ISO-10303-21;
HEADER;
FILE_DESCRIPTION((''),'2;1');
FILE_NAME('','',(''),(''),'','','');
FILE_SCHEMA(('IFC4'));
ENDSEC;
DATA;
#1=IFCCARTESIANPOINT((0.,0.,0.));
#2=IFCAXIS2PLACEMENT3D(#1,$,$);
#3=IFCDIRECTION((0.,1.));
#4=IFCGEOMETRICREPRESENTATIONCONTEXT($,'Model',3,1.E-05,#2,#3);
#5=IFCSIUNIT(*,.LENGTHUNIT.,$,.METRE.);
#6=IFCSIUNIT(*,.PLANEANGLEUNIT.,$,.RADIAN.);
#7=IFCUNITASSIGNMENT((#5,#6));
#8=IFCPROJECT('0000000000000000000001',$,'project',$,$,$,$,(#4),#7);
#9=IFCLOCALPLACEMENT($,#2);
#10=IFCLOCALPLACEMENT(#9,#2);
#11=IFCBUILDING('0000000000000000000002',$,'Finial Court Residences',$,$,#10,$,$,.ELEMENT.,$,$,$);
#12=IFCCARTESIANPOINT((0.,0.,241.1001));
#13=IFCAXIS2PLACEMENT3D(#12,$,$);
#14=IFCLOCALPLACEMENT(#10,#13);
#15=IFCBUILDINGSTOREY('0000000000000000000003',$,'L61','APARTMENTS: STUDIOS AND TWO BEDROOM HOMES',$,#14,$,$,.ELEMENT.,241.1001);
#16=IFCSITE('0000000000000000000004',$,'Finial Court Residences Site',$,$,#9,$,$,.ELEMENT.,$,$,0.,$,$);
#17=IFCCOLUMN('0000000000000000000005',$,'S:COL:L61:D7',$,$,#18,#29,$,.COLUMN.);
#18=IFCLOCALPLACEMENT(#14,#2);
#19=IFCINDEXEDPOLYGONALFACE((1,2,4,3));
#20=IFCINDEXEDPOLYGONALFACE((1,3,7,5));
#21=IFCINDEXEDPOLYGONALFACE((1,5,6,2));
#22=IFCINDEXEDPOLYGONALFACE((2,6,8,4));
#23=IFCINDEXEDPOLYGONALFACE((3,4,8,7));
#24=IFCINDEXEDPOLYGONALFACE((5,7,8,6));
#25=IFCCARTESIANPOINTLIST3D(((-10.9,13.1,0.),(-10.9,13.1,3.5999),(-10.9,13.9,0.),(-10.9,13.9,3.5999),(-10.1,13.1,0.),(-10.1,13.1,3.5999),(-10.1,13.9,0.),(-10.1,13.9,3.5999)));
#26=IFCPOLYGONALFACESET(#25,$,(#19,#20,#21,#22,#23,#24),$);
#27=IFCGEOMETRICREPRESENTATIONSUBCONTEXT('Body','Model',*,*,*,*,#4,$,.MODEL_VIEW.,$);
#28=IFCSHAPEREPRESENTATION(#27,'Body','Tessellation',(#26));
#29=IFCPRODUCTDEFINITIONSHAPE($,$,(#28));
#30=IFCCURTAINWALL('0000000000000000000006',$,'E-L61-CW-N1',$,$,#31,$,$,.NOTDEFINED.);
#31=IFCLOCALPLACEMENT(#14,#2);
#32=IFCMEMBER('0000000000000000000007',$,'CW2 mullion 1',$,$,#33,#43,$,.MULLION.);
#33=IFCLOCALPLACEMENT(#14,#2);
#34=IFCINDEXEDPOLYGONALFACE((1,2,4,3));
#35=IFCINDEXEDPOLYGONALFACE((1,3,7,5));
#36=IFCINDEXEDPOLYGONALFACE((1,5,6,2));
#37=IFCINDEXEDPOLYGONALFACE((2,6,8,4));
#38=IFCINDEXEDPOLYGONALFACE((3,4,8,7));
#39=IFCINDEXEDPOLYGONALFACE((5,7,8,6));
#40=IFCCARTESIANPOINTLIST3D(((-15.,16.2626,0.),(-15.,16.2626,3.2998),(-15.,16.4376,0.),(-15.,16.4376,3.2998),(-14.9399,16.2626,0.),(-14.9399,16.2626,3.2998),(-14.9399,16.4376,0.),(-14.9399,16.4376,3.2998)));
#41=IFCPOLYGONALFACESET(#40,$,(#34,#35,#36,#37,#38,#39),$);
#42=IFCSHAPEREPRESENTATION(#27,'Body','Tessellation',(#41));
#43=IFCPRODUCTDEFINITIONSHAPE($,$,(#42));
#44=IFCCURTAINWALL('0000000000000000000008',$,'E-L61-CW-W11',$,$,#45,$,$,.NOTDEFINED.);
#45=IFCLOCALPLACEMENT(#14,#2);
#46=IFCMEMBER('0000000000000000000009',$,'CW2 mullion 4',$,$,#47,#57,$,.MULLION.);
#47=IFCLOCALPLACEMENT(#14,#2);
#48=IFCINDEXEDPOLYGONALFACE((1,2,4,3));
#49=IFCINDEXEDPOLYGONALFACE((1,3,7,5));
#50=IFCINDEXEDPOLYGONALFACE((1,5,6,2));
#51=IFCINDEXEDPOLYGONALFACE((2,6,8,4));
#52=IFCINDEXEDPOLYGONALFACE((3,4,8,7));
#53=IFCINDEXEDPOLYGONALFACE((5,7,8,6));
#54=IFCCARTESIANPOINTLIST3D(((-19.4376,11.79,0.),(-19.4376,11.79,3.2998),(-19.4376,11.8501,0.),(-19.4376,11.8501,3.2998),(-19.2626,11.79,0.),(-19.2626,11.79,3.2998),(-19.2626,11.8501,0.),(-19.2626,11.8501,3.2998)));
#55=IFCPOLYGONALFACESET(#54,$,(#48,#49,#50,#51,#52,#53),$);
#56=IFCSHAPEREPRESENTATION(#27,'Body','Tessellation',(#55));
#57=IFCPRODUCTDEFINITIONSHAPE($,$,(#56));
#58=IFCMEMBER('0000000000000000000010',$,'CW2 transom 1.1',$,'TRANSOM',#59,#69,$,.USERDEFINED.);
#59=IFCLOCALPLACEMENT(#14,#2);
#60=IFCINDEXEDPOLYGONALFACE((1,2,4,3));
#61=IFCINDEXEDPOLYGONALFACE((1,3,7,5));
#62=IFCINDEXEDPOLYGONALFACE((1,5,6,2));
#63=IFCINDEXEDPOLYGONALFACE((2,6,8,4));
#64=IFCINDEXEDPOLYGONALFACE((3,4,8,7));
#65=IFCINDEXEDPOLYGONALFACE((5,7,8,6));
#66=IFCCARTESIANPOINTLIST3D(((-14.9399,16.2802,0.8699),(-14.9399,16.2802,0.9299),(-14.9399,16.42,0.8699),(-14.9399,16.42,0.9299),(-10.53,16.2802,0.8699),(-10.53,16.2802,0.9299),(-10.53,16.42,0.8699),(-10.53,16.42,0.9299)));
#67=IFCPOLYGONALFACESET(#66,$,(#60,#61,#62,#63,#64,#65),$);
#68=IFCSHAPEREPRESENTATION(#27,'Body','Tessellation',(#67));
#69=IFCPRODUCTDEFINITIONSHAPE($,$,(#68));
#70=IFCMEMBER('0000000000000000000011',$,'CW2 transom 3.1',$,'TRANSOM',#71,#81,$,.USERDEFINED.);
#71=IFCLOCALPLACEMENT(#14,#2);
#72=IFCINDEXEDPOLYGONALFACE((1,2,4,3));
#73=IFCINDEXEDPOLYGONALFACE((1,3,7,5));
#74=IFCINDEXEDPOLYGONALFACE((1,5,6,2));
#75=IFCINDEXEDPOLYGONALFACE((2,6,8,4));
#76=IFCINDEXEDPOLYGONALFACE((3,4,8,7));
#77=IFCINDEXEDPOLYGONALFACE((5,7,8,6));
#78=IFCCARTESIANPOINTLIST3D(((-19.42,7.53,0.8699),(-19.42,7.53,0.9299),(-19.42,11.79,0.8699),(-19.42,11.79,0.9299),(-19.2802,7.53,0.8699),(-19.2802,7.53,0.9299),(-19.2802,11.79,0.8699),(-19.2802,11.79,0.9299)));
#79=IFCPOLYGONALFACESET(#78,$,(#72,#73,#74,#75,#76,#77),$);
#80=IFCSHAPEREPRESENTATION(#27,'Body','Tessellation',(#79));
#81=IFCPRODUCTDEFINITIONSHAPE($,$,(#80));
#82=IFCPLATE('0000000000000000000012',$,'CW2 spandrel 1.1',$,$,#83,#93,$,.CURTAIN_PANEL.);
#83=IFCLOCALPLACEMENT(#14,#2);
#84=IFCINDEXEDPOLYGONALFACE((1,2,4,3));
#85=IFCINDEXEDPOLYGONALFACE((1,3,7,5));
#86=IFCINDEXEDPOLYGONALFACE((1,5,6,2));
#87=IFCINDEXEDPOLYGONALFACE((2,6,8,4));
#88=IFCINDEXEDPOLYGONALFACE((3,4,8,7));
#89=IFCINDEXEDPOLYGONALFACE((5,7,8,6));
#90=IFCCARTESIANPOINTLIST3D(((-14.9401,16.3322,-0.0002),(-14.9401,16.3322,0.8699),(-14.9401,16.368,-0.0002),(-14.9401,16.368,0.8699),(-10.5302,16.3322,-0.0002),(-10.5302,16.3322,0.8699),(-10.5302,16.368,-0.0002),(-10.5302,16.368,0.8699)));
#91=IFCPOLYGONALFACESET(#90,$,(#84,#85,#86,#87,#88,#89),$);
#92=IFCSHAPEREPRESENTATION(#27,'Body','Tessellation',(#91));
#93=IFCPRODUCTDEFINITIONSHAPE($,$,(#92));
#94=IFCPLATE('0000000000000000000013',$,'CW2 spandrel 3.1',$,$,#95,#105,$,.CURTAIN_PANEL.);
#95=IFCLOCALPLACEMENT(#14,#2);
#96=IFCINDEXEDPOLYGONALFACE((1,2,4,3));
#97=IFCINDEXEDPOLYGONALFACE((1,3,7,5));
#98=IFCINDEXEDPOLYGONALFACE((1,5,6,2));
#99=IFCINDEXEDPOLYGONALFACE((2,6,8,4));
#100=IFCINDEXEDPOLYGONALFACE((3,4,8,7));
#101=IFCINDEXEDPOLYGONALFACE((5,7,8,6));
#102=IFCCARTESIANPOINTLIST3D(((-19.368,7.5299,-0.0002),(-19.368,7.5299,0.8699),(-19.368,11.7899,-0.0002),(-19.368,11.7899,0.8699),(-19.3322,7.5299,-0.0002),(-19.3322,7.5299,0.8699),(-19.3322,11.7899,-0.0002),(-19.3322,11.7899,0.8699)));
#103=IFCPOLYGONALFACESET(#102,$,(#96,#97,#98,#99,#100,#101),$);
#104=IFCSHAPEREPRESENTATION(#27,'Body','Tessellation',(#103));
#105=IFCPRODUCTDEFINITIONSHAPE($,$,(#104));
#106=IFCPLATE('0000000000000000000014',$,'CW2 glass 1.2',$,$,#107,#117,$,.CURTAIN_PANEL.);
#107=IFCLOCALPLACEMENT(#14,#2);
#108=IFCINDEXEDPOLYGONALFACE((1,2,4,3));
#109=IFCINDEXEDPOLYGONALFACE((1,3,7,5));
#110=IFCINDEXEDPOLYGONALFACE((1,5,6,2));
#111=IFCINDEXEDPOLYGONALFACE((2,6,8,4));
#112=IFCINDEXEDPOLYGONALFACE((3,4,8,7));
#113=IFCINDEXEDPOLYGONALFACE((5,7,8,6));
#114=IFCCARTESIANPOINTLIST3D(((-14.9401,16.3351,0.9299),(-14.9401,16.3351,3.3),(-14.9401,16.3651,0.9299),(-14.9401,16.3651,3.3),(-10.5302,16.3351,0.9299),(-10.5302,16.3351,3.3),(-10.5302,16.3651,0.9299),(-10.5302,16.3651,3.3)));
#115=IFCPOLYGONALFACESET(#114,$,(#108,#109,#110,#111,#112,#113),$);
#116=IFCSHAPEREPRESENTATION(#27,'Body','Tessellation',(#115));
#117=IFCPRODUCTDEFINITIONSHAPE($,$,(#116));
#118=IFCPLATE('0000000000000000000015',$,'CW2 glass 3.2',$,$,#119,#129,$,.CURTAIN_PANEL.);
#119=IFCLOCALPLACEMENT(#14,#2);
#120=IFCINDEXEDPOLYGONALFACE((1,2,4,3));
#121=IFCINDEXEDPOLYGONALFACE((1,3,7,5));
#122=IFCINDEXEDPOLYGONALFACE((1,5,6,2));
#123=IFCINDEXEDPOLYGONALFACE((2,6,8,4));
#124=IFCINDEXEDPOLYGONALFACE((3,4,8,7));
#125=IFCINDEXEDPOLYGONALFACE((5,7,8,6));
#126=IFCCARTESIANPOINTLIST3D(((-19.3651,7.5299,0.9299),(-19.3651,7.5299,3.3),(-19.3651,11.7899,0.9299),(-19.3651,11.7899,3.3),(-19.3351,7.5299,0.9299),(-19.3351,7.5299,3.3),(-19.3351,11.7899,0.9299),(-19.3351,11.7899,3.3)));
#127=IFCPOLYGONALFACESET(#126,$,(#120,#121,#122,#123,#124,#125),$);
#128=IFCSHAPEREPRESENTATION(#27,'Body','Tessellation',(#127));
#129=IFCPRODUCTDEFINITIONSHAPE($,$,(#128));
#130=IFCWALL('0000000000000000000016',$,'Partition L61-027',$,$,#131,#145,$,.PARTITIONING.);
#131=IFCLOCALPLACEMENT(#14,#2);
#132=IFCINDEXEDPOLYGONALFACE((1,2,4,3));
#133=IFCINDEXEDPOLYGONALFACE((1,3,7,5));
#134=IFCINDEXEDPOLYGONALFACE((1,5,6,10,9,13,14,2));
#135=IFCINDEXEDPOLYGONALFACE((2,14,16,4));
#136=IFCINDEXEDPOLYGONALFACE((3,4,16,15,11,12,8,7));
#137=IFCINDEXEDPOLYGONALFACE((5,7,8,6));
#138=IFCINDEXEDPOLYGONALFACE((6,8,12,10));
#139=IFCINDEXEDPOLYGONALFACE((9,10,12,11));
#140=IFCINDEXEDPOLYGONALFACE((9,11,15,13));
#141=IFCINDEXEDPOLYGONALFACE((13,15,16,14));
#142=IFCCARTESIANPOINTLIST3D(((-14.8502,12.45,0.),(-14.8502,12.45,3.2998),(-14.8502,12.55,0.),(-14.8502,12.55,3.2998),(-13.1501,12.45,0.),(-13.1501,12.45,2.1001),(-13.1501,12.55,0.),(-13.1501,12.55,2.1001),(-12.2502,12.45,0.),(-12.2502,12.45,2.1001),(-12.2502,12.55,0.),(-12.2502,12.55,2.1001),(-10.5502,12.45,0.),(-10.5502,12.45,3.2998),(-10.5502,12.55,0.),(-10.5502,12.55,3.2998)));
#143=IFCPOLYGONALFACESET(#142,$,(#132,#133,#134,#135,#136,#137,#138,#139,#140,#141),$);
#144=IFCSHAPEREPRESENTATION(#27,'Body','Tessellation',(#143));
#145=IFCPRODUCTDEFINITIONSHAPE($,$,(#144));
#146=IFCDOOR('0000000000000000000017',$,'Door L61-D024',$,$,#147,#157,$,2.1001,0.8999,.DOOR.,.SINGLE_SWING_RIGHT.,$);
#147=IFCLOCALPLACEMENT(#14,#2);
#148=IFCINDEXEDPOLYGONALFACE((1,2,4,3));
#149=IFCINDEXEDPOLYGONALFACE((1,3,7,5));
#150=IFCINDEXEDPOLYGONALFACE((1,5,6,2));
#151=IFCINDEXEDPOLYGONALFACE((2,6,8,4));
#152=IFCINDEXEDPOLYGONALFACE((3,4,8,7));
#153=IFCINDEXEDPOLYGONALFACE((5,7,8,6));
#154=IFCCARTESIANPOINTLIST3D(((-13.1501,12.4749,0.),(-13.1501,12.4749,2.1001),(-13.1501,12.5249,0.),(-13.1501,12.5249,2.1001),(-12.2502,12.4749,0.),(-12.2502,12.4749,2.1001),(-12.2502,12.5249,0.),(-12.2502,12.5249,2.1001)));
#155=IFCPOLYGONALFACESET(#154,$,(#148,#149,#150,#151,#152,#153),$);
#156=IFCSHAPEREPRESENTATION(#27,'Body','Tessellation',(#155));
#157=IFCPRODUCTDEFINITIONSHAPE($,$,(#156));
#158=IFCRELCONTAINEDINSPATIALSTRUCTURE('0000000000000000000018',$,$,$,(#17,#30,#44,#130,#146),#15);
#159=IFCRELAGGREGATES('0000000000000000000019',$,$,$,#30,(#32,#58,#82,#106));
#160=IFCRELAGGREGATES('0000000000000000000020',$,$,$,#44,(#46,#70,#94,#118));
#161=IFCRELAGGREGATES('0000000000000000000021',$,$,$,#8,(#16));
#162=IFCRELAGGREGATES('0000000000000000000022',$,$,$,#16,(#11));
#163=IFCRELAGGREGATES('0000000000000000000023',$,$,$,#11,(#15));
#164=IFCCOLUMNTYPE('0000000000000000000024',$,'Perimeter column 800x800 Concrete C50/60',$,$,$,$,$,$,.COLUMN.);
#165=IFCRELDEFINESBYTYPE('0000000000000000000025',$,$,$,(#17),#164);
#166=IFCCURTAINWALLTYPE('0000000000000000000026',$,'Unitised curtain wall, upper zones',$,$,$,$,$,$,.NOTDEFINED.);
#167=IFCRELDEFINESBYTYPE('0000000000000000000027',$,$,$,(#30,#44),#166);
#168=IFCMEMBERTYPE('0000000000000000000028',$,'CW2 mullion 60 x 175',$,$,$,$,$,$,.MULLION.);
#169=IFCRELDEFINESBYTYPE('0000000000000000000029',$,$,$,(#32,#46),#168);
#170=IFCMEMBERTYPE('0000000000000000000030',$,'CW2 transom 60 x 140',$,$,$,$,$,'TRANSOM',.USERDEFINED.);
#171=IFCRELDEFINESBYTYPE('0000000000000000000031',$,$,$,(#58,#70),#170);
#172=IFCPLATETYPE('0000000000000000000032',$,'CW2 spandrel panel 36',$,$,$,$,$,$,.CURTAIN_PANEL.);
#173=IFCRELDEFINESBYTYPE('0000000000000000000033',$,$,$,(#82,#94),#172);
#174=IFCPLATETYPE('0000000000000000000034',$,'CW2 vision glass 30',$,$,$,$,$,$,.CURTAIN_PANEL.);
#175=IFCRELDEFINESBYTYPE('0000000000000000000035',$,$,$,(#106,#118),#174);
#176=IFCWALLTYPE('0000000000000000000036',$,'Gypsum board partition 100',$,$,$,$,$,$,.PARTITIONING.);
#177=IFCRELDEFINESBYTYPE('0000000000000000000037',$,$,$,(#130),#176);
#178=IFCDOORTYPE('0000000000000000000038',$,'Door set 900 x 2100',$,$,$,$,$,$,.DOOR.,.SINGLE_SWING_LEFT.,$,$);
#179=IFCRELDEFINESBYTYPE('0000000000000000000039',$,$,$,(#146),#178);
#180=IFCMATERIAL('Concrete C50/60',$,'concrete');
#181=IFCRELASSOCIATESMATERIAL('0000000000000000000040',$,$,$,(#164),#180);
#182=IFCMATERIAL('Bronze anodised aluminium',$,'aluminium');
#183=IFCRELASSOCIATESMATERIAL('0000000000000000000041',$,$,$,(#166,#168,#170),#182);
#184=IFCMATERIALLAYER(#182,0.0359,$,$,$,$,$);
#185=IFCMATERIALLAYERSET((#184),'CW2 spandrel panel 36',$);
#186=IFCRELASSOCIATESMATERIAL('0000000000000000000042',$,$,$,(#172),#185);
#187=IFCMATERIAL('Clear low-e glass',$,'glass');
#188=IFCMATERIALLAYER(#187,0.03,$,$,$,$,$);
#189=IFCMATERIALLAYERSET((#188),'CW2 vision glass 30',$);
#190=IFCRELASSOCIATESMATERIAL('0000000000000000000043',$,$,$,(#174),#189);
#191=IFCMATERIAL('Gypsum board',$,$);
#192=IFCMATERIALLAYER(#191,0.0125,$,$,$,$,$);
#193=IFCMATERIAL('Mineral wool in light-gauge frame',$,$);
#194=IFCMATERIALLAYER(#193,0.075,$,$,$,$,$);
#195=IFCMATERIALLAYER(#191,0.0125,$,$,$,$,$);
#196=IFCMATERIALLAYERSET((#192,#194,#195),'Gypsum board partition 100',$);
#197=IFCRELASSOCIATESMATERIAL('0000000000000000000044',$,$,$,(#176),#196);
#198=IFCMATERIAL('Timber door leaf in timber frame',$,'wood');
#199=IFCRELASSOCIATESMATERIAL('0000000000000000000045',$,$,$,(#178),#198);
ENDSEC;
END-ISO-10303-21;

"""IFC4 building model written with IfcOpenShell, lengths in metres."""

from ifc_helpers import new_model, si_unit, direction, frame, frame_2d, origin, origin_2d, place, context, subcontext, project, spatial, rectangle, extrude, material, layer, layer_set, material_profile, profile_set, type_object, element, fill, aggregate, save


model = new_model("IFC4")

# Units and contexts
model_context = context("Model", 3, precision=1e-05, world=origin(), true_north=direction((0.0, 1.0)))
body_context = subcontext(model_context, "Body", "Model", "MODEL_VIEW")
ifc_project = project(units=[si_unit("LENGTHUNIT", "METRE"), si_unit("PLANEANGLEUNIT", "RADIAN")], contexts=[model_context])

# Site, building, storey
site_placement = place(None, origin())
site = spatial("IfcSite", under=ifc_project, at=site_placement, Name="Finial Court Residences Site", CompositionType="ELEMENT", RefElevation=0.0)
building_placement = place(site_placement, origin())
building = spatial("IfcBuilding", under=site, at=building_placement, Name="Finial Court Residences", CompositionType="ELEMENT")
storey_placement = place(building_placement, frame((0.0, 0.0, 241.1001)))
storey = spatial("IfcBuildingStorey", under=building, at=storey_placement, Name="L61", Description="APARTMENTS: STUDIOS AND TWO BEDROOM HOMES", CompositionType="ELEMENT", Elevation=241.1001)

# Column
ifc_material_1 = material(Name="Concrete C50/60", Category="concrete")
ifc_material_profile_1 = material_profile(ifc_material_1, rectangle(XDim=0.8, YDim=0.8, at=origin_2d()), Name="800x800")
ifc_profile_set_1 = profile_set([ifc_material_profile_1], Name="Concrete C50/60")
column_type = type_object("IfcColumnType", Name="Perimeter column 800x800 Concrete C50/60", PredefinedType="COLUMN", material=ifc_profile_set_1)
column_placement = place(storey_placement, frame((-10.5, 13.5, 0.0), z_axis=(0.0, 0.0, 1.0), x_axis=(1.0, 0.0, 0.0)))
element("IfcColumn", 1, at=column_placement, inside=storey, type_object=column_type, Name="S:COL:L61:D7", PredefinedType="COLUMN", context=body_context, shape_type="SweptSolid", body=[
    extrude(rectangle(XDim=0.8, YDim=0.8, at=origin_2d()), origin(), (0.0, 0.0, 1.0), 3.5999),
])

# Curtain walls, members
ifc_material_2 = material(Name="Bronze anodised aluminium", Category="aluminium")
curtain_wall_type = type_object("IfcCurtainWallType", Name="Unitised curtain wall, upper zones", PredefinedType="NOTDEFINED", material=ifc_material_2)
curtain_wall_1_placement = place(storey_placement, origin())
curtain_wall_1 = element("IfcCurtainWall", 2, at=curtain_wall_1_placement, inside=storey, type_object=curtain_wall_type, Name="E-L61-CW-N1", PredefinedType="NOTDEFINED")
ifc_material_profile_2 = material_profile(ifc_material_2, rectangle(XDim=0.175, YDim=0.0601, at=origin_2d()), Name="CW2 mullion 60 x 175")
ifc_profile_set_2 = profile_set([ifc_material_profile_2], Name="Bronze anodised aluminium")
member_type_1 = type_object("IfcMemberType", Name="CW2 mullion 60 x 175", PredefinedType="MULLION", material=ifc_profile_set_2)
member_1_placement = place(storey_placement, frame((-14.97, 16.3501, 0.0), z_axis=(0.0, 0.0, 1.0), x_axis=(0.0, 1.0, 0.0)))
member_1 = element("IfcMember", 3, at=member_1_placement, type_object=member_type_1, Name="CW2 mullion 1", PredefinedType="MULLION", context=body_context, shape_type="SweptSolid", body=[
    extrude(rectangle(XDim=0.175, YDim=0.0601, at=origin_2d()), origin(), (0.0, 0.0, 1.0), 3.2998),
])
curtain_wall_2_placement = place(storey_placement, origin())
curtain_wall_2 = element("IfcCurtainWall", 4, at=curtain_wall_2_placement, inside=storey, type_object=curtain_wall_type, Name="E-L61-CW-W11", PredefinedType="NOTDEFINED")
member_2_placement = place(storey_placement, frame((-19.3501, 11.8201, 0.0), z_axis=(0.0, 0.0, 1.0), x_axis=(-1.0, 0.0, 0.0)))
member_2 = element("IfcMember", 5, at=member_2_placement, type_object=member_type_1, Name="CW2 mullion 4", PredefinedType="MULLION", context=body_context, shape_type="SweptSolid", body=[
    extrude(rectangle(XDim=0.175, YDim=0.0601, at=origin_2d()), origin(), (0.0, 0.0, 1.0), 3.2998),
])

# Members
ifc_material_profile_3 = material_profile(ifc_material_2, rectangle(XDim=0.1399, YDim=0.0601, at=origin_2d()), Name="CW2 transom 60 x 140")
ifc_profile_set_3 = profile_set([ifc_material_profile_3], Name="Bronze anodised aluminium")
member_type_2 = type_object("IfcMemberType", Name="CW2 transom 60 x 140", ElementType="TRANSOM", PredefinedType="USERDEFINED", material=ifc_profile_set_3)
member_3_placement = place(storey_placement, frame((-14.9399, 16.3501, 0.8999), z_axis=(1.0, 0.0, 0.0), x_axis=(0.0, 1.0, 0.0)))
member_3 = element("IfcMember", 6, at=member_3_placement, type_object=member_type_2, Name="CW2 transom 1.1", ObjectType="TRANSOM", PredefinedType="USERDEFINED", context=body_context, shape_type="SweptSolid", body=[
    extrude(rectangle(XDim=0.1399, YDim=0.0601, at=origin_2d()), origin(), (0.0, 0.0, 1.0), 4.4099),
])
member_4_placement = place(storey_placement, frame((-19.3501, 7.53, 0.8999), z_axis=(0.0, 1.0, 0.0), x_axis=(-1.0, 0.0, 0.0)))
member_4 = element("IfcMember", 7, at=member_4_placement, type_object=member_type_2, Name="CW2 transom 3.1", ObjectType="TRANSOM", PredefinedType="USERDEFINED", context=body_context, shape_type="SweptSolid", body=[
    extrude(rectangle(XDim=0.1399, YDim=0.0601, at=origin_2d()), origin(), (0.0, 0.0, 1.0), 4.26),
])

# Plates
ifc_layer_1 = layer(ifc_material_2, 0.0359)
ifc_layer_set_1 = layer_set([ifc_layer_1], Name="CW2 spandrel panel 36")
plate_type_1 = type_object("IfcPlateType", Name="CW2 spandrel panel 36", PredefinedType="CURTAIN_PANEL", material=ifc_layer_set_1)
plate_1_placement = place(storey_placement, frame((-12.7351, 16.3501, -0.0002), z_axis=(0.0, 0.0, 1.0), x_axis=(1.0, 0.0, 0.0)))
plate_1 = element("IfcPlate", 8, at=plate_1_placement, type_object=plate_type_1, Name="CW2 spandrel 1.1", PredefinedType="CURTAIN_PANEL", context=body_context, shape_type="SweptSolid", body=[
    extrude(rectangle(XDim=4.4099, YDim=0.0359, at=origin_2d()), origin(), (0.0, 0.0, 1.0), 0.8701),
])
plate_2_placement = place(storey_placement, frame((-19.3501, 9.6599, -0.0002), z_axis=(0.0, 0.0, 1.0), x_axis=(0.0, 1.0, 0.0)))
plate_2 = element("IfcPlate", 9, at=plate_2_placement, type_object=plate_type_1, Name="CW2 spandrel 3.1", PredefinedType="CURTAIN_PANEL", context=body_context, shape_type="SweptSolid", body=[
    extrude(rectangle(XDim=4.26, YDim=0.0359, at=origin_2d()), origin(), (0.0, 0.0, 1.0), 0.8701),
])
ifc_material_3 = material(Name="Clear low-e glass", Category="glass")
ifc_layer_2 = layer(ifc_material_3, 0.03)
ifc_layer_set_2 = layer_set([ifc_layer_2], Name="CW2 vision glass 30")
plate_type_2 = type_object("IfcPlateType", Name="CW2 vision glass 30", PredefinedType="CURTAIN_PANEL", material=ifc_layer_set_2)
plate_3_placement = place(storey_placement, frame((-12.7351, 16.3501, 0.9299), z_axis=(0.0, 0.0, 1.0), x_axis=(1.0, 0.0, 0.0)))
plate_3 = element("IfcPlate", 10, at=plate_3_placement, type_object=plate_type_2, Name="CW2 glass 1.2", PredefinedType="CURTAIN_PANEL", context=body_context, shape_type="SweptSolid", body=[
    extrude(rectangle(XDim=4.4099, YDim=0.03, at=origin_2d()), origin(), (0.0, 0.0, 1.0), 2.3701),
])
aggregate(curtain_wall_1, [member_1, member_3, plate_1, plate_3])
plate_4_placement = place(storey_placement, frame((-19.3501, 9.6599, 0.9299), z_axis=(0.0, 0.0, 1.0), x_axis=(0.0, 1.0, 0.0)))
plate_4 = element("IfcPlate", 11, at=plate_4_placement, type_object=plate_type_2, Name="CW2 glass 3.2", PredefinedType="CURTAIN_PANEL", context=body_context, shape_type="SweptSolid", body=[
    extrude(rectangle(XDim=4.26, YDim=0.03, at=origin_2d()), origin(), (0.0, 0.0, 1.0), 2.3701),
])
aggregate(curtain_wall_2, [member_2, member_4, plate_2, plate_4])

# Wall, opening, door
ifc_material_4 = material(Name="Gypsum board")
ifc_layer_3 = layer(ifc_material_4, 0.0125)
ifc_material_5 = material(Name="Mineral wool in light-gauge frame")
ifc_layer_4 = layer(ifc_material_5, 0.075)
ifc_layer_5 = layer(ifc_material_4, 0.0125)
ifc_layer_set_3 = layer_set([ifc_layer_3, ifc_layer_4, ifc_layer_5], Name="Gypsum board partition 100")
wall_type_1 = type_object("IfcWallType", Name="Gypsum board partition 100", PredefinedType="PARTITIONING", material=ifc_layer_set_3)
wall_1_placement = place(storey_placement, frame((-14.8501, 12.5, 0.0), z_axis=(0.0, 0.0, 1.0), x_axis=(1.0, 0.0, 0.0)))
wall_1 = element("IfcWall", 12, at=wall_1_placement, inside=storey, type_object=wall_type_1, Name="Partition L61-027", PredefinedType="PARTITIONING", context=body_context, shape_type="SweptSolid", body=[
    extrude(rectangle(XDim=4.3, YDim=0.1001, at=frame_2d((2.1499, 0.0))), origin(), (0.0, 0.0, 1.0), 3.2998),
])
opening_1_placement = place(wall_1_placement, frame((1.7, 0.0, 0.0)))
opening_1 = element("IfcOpeningElement", 13, at=opening_1_placement, cuts=wall_1, PredefinedType="OPENING", context=body_context, shape_type="SweptSolid", body=[
    extrude(rectangle(XDim=0.8999, YDim=2.1001, at=frame_2d((0.45, 1.05))), frame((0.0, 0.0601, 0.0), z_axis=(0.0, -1.0, 0.0), x_axis=(1.0, 0.0, 0.0)), (0.0, 0.0, 1.0), 0.1201),
])
ifc_material_6 = material(Name="Timber door leaf in timber frame", Category="wood")
door_type = type_object("IfcDoorType", Name="Door set 900 x 2100", OperationType="SINGLE_SWING_LEFT", PredefinedType="DOOR", material=ifc_material_6)
door_1_placement = place(opening_1_placement, origin())
door_1 = element("IfcDoor", 14, at=door_1_placement, inside=storey, type_object=door_type, Name="Door L61-D024", OperationType="SINGLE_SWING_RIGHT", OverallHeight=2.1001, OverallWidth=0.8999, PredefinedType="DOOR", context=body_context, shape_type="SweptSolid", body=[
    extrude(rectangle(XDim=0.8999, YDim=2.1001, at=frame_2d((0.45, 1.05))), frame((0.0, 0.0249, 0.0), z_axis=(0.0, -1.0, 0.0), x_axis=(1.0, 0.0, 0.0)), (0.0, 0.0, 1.0), 0.05),
])
fill(opening_1, door_1)

save(model, "model.ifc")
